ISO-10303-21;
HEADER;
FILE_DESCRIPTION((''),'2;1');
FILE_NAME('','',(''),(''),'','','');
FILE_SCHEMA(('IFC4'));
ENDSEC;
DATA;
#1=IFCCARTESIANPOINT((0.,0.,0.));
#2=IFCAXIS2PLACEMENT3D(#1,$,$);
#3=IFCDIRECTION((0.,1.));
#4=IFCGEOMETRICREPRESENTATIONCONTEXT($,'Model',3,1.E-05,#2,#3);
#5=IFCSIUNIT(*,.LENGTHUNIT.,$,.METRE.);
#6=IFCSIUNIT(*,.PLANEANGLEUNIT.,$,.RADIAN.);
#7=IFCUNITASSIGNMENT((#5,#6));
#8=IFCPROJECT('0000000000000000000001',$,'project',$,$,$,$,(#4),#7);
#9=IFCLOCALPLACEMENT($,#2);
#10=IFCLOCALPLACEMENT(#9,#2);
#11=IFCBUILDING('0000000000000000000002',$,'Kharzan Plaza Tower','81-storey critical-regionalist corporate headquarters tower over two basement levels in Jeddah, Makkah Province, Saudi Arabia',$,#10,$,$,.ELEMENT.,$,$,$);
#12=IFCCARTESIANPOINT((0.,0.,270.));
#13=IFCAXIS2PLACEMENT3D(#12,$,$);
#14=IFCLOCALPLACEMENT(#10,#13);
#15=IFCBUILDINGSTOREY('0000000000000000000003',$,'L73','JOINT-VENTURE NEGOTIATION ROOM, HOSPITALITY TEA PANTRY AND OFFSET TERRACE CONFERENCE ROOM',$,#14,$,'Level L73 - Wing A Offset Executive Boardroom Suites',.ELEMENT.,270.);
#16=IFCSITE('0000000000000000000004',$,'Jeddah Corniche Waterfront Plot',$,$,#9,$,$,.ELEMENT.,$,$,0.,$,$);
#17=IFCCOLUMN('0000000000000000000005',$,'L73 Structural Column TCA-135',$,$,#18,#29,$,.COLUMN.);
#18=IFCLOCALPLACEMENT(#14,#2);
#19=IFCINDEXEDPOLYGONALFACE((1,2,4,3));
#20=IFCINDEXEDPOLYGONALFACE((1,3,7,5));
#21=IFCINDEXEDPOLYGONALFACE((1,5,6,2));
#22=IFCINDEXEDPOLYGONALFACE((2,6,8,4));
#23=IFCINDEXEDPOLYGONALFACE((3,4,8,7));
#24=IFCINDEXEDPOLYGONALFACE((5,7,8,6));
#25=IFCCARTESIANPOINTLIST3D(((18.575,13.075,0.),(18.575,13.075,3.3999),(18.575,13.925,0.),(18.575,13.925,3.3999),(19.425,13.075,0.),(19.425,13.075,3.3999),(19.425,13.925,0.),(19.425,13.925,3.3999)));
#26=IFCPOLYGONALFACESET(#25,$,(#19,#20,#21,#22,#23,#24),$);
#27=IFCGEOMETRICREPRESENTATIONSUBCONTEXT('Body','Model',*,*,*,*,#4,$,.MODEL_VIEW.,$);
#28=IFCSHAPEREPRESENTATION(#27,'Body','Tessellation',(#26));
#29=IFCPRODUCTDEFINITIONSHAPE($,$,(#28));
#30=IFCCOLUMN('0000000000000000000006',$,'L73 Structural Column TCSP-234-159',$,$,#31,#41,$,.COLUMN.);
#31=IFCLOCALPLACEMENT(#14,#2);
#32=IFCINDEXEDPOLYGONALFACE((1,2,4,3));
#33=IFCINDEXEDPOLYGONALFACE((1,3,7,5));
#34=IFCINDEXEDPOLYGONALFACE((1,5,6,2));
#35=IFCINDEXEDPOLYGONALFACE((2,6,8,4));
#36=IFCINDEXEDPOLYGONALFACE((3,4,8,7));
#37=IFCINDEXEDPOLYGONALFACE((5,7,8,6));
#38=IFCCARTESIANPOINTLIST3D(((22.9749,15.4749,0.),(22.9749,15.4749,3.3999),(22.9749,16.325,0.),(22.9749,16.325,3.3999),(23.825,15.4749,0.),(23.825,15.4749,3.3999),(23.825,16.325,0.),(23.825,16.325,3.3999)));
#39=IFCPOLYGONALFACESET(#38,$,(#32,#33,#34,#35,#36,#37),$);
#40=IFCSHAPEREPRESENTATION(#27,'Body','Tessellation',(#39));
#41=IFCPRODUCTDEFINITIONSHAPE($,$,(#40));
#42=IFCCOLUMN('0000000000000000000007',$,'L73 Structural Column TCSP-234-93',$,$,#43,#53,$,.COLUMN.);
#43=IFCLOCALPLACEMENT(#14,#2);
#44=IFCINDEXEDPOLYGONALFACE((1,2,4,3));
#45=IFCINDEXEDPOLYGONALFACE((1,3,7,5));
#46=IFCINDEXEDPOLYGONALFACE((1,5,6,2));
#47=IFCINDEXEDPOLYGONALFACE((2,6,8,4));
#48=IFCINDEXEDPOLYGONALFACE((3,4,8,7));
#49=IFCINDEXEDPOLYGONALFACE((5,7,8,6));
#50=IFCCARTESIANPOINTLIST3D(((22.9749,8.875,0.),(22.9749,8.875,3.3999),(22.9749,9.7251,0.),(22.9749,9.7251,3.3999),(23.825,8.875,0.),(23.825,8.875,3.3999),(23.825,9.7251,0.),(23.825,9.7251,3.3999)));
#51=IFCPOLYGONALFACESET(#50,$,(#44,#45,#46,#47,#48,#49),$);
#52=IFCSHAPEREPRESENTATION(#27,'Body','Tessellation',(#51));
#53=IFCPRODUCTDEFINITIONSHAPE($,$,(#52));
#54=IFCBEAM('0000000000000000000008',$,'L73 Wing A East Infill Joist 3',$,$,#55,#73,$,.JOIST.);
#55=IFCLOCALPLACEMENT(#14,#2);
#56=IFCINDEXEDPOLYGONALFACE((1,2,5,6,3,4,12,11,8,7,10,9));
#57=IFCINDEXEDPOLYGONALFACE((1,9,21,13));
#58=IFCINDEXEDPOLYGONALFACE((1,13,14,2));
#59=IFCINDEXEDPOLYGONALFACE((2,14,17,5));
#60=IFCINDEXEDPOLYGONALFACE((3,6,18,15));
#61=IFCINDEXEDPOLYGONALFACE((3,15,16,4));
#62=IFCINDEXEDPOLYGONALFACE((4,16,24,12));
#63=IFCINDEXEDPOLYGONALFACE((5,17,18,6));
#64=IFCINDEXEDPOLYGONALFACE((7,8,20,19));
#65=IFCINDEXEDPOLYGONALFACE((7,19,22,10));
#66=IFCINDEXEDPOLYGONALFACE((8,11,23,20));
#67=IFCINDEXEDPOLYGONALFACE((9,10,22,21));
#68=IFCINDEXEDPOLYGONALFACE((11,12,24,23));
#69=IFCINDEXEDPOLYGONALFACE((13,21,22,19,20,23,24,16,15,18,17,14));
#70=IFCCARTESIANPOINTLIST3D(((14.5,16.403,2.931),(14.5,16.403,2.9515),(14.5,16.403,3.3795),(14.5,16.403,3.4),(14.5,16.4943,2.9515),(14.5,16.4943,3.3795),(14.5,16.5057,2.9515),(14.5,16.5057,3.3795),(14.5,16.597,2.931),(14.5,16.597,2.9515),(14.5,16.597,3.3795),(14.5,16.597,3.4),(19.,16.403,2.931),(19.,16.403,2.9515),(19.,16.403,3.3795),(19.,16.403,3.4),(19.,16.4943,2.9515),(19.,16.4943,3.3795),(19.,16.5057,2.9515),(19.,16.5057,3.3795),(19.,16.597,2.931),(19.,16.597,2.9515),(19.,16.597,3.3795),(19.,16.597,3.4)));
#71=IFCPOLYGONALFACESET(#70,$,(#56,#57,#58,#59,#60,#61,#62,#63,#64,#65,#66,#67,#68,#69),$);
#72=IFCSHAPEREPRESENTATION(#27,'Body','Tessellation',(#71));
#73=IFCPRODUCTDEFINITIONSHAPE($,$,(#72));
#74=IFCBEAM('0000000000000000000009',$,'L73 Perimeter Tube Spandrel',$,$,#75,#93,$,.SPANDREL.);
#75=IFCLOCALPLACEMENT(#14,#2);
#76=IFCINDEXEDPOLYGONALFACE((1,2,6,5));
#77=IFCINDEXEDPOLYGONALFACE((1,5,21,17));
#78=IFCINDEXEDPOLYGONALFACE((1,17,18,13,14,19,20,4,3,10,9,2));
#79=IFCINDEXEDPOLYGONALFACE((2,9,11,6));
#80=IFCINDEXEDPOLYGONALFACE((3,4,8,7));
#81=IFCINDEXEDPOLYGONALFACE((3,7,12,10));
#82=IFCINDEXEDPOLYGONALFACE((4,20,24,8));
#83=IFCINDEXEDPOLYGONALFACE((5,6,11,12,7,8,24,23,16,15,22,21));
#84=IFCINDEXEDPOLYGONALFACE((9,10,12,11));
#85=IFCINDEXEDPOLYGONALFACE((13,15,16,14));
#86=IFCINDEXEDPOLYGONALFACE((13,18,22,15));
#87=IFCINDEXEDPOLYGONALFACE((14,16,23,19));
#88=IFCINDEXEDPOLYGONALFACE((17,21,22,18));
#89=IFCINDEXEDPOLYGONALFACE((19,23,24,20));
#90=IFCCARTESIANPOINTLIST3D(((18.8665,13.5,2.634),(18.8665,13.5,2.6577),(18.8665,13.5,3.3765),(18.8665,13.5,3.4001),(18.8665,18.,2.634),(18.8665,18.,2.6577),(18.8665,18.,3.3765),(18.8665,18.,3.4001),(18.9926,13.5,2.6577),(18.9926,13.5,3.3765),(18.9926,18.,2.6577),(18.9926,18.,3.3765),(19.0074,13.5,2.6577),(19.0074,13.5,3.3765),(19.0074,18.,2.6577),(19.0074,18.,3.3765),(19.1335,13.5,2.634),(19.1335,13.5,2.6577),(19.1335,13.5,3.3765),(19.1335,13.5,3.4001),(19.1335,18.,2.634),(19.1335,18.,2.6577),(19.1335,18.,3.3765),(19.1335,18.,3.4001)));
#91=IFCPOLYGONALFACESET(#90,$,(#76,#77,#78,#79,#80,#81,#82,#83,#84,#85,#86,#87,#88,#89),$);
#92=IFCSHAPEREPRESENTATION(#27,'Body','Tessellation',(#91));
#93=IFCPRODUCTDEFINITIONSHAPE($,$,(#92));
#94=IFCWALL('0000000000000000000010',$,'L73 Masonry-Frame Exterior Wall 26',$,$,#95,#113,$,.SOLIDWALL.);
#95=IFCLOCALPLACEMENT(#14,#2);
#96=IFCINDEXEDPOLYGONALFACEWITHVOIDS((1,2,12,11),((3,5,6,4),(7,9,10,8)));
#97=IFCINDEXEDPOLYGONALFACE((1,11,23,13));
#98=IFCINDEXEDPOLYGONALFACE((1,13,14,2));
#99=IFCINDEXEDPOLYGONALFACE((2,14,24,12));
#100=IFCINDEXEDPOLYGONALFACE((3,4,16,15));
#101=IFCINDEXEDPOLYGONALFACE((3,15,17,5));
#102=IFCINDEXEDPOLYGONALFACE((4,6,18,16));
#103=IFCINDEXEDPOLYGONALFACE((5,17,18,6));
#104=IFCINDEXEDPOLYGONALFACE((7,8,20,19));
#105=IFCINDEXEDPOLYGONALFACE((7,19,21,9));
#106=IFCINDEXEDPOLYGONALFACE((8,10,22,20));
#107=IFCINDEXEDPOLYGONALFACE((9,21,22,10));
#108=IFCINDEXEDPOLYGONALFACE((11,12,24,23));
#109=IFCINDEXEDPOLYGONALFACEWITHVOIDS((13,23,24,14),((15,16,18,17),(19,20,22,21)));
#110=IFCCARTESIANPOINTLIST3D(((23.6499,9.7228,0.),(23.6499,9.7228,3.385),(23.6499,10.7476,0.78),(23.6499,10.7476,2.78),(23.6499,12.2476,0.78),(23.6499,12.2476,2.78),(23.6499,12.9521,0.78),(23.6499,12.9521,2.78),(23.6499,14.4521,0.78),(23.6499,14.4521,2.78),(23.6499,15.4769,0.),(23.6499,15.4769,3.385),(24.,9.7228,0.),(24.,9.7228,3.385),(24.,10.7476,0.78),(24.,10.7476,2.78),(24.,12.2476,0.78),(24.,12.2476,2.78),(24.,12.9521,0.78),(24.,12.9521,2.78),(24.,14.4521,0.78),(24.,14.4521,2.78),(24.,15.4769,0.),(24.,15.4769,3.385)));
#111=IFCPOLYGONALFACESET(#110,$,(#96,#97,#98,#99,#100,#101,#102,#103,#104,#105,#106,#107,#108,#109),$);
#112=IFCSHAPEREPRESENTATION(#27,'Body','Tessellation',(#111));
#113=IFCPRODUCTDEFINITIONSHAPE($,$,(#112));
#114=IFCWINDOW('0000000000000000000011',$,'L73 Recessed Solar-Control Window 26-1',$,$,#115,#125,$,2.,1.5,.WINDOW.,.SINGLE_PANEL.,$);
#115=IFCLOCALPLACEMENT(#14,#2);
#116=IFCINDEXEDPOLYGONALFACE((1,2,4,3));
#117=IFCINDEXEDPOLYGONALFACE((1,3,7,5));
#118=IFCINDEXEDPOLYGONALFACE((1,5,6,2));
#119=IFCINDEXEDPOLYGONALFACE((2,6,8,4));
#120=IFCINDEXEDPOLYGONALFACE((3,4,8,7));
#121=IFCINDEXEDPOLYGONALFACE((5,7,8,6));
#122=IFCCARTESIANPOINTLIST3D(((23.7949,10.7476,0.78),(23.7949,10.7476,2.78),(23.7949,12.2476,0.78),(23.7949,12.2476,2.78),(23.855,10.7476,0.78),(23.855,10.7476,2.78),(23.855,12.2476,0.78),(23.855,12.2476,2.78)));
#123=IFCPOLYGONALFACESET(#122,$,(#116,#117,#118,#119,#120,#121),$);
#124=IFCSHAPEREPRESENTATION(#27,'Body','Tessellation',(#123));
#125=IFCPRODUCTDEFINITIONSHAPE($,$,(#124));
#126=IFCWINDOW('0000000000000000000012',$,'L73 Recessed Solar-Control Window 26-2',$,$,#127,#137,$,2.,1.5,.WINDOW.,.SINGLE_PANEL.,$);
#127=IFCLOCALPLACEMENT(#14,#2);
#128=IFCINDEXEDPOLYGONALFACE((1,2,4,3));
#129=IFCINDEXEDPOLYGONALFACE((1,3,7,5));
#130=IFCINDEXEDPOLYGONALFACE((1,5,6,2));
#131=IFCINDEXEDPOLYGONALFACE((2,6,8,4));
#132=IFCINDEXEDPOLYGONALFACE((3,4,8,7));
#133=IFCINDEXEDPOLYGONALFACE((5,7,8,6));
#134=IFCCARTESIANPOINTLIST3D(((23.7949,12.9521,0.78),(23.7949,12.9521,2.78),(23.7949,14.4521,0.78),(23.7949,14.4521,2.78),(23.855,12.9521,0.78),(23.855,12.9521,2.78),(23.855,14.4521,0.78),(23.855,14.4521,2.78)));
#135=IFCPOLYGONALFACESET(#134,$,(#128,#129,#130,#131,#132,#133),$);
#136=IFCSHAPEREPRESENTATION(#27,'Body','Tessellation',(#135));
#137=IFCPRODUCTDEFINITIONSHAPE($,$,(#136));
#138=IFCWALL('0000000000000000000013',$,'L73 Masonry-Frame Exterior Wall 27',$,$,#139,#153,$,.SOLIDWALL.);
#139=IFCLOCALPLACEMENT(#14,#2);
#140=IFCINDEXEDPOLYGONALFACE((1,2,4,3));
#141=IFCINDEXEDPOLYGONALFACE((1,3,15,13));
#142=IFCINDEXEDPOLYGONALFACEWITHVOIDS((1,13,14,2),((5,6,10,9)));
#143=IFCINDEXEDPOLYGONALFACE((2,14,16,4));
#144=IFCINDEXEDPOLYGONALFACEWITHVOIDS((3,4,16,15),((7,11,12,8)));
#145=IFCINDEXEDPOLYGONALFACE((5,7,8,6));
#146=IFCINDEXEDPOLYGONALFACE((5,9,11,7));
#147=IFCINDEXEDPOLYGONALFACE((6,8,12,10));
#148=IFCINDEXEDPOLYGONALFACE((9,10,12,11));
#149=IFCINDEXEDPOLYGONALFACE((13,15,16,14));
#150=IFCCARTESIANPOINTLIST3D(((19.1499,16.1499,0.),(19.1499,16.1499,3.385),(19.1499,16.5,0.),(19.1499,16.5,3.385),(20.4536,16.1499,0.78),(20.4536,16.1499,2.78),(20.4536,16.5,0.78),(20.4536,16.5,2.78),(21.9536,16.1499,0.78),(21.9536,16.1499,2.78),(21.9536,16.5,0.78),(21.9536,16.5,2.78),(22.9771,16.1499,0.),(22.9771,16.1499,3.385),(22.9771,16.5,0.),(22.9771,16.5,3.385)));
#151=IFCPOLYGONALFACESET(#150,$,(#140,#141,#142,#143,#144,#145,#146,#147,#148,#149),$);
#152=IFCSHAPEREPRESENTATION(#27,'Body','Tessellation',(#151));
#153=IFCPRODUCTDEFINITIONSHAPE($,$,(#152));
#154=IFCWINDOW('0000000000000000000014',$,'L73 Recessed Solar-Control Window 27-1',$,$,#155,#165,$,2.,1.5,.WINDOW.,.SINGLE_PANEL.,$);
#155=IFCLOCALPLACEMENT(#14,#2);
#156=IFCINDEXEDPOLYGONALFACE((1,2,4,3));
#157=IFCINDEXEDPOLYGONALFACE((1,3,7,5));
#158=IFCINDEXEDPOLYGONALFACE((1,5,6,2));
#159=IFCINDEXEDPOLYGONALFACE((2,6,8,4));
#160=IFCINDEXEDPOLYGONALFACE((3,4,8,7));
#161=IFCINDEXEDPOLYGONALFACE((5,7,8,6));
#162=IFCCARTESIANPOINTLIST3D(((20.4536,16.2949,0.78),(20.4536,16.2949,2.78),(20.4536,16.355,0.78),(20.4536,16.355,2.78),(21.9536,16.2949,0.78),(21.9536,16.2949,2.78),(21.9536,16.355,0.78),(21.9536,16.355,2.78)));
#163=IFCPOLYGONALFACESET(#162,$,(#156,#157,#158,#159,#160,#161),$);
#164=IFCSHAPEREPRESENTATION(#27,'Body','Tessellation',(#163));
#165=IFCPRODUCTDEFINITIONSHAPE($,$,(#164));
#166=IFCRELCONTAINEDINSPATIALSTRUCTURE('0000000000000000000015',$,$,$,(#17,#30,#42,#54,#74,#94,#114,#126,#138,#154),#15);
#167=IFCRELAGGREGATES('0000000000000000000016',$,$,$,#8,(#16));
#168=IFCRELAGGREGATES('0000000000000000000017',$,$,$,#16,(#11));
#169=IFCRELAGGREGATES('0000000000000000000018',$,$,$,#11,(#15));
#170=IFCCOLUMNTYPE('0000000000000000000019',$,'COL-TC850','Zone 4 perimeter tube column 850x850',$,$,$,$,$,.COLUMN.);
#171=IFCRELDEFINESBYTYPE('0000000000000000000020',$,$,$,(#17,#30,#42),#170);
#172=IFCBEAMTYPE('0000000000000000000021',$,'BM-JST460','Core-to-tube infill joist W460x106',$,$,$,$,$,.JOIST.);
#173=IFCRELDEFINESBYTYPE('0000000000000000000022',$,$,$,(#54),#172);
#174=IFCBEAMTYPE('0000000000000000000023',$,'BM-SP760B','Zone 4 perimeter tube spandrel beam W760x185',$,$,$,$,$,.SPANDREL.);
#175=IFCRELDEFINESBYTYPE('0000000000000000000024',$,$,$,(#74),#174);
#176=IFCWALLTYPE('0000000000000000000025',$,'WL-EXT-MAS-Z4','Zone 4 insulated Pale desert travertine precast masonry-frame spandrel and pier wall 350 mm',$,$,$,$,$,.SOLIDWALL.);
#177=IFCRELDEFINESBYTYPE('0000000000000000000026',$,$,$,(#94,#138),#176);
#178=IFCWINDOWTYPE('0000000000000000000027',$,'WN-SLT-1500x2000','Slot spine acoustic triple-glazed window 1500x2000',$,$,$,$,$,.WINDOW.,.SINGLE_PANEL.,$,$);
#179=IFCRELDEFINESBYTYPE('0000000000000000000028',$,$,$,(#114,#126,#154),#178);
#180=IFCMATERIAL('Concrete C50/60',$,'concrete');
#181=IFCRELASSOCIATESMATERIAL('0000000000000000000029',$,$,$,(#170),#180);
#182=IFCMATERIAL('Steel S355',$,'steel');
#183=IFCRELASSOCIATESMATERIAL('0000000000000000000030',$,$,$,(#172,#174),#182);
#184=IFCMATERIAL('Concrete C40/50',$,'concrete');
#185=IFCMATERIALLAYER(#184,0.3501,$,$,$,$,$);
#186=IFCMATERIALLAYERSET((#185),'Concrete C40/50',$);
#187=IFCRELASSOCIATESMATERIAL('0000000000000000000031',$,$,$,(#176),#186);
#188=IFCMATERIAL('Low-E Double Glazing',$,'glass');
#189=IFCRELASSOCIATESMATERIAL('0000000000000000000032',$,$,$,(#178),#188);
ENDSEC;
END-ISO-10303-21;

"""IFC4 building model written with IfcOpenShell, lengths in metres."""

from ifc_helpers import new_model, si_unit, direction, frame, frame_2d, origin, origin_2d, place, context, subcontext, project, spatial, rectangle, i_section, extrude, source, transform, mapped, material, layer, layer_set, material_profile, profile_set, type_object, element, fill, save


model = new_model("IFC4")

# Units and contexts
model_context = context("Model", 3, precision=1e-05, world=origin(), true_north=direction((0.0, 1.0)))
body_context = subcontext(model_context, "Body", "Model", "MODEL_VIEW")
ifc_project = project(units=[si_unit("LENGTHUNIT", "METRE"), si_unit("PLANEANGLEUNIT", "RADIAN")], contexts=[model_context])

# Site, building, storey
site_placement = place(None, origin())
site = spatial("IfcSite", under=ifc_project, at=site_placement, Name="Jeddah Corniche Waterfront Plot", CompositionType="ELEMENT", RefElevation=0.0)
building_placement = place(site_placement, origin())
building = spatial("IfcBuilding", under=site, at=building_placement, Name="Kharzan Plaza Tower", Description="81-storey critical-regionalist corporate headquarters tower over two basement levels in Jeddah, Makkah Province, Saudi Arabia", CompositionType="ELEMENT")
storey_placement = place(building_placement, frame((0.0, 0.0, 270.0)))
storey = spatial("IfcBuildingStorey", under=building, at=storey_placement, Name="L73", Description="JOINT-VENTURE NEGOTIATION ROOM, HOSPITALITY TEA PANTRY AND OFFSET TERRACE CONFERENCE ROOM", LongName="Level L73 - Wing A Offset Executive Boardroom Suites", CompositionType="ELEMENT", Elevation=270.0)

# Columns
ifc_material_1 = material(Name="Concrete C50/60", Category="concrete")
ifc_material_profile_1 = material_profile(ifc_material_1, rectangle(XDim=0.8501, YDim=0.8501, at=origin_2d()), Name="RC-TC850x850")
ifc_profile_set_1 = profile_set([ifc_material_profile_1], Name="Concrete C50/60")
column_type = type_object("IfcColumnType", Name="COL-TC850", Description="Zone 4 perimeter tube column 850x850", PredefinedType="COLUMN", material=ifc_profile_set_1)
shared_shape_1 = source(origin(), body_context, "Body", "SweptSolid", [
    extrude(rectangle(XDim=0.8501, YDim=0.8501, at=origin_2d()), origin(), (0.0, 0.0, 1.0), 3.3999),
])
for number, where, z_axis, x_axis, name in (
    (1, (19.0, 13.5, 0.0), (0.0, 0.0, 1.0), (1.0, 0.0, 0.0), "L73 Structural Column TCA-135"),
    (2, (23.3999, 15.8999, 0.0), (0.0, 0.0, 1.0), (1.0, 0.0, 0.0), "L73 Structural Column TCSP-234-159"),
    (3, (23.3999, 9.3, 0.0), (0.0, 0.0, 1.0), (1.0, 0.0, 0.0), "L73 Structural Column TCSP-234-93"),
):
    element("IfcColumn", number, at=place(storey_placement, frame(where, z_axis=z_axis, x_axis=x_axis)), inside=storey, type_object=column_type, Name=name, PredefinedType="COLUMN", context=body_context, shape_type="MappedRepresentation", body=[
        mapped(shared_shape_1, transform((0.0, 0.0, 0.0), x_axis=(1.0, 0.0, 0.0), y_axis=(0.0, 1.0, 0.0), z_axis=(0.0, 0.0, 1.0))),
    ])

# Beams
ifc_material_2 = material(Name="Steel S355", Category="steel")
ifc_material_profile_2 = material_profile(ifc_material_2, i_section(OverallWidth=0.1941, OverallDepth=0.469, WebThickness=0.0115, FlangeThickness=0.0205, at=origin_2d()), Name="W460x106")
ifc_profile_set_2 = profile_set([ifc_material_profile_2], Name="Steel S355")
beam_type_1 = type_object("IfcBeamType", Name="BM-JST460", Description="Core-to-tube infill joist W460x106", PredefinedType="JOIST", material=ifc_profile_set_2)
shared_shape_2 = source(origin(), body_context, "Body", "SweptSolid", [
    extrude(i_section(OverallWidth=0.1941, OverallDepth=0.469, WebThickness=0.0115, FlangeThickness=0.0205, at=origin_2d()), origin(), (0.0, 0.0, 1.0), 4.5),
])
beam_1_placement = place(storey_placement, frame((14.5, 16.5, 3.1655), z_axis=(1.0, 0.0, 0.0), x_axis=(0.0, 1.0, 0.0)))
element("IfcBeam", 4, at=beam_1_placement, inside=storey, type_object=beam_type_1, Name="L73 Wing A East Infill Joist 3", PredefinedType="JOIST", context=body_context, shape_type="MappedRepresentation", body=[
    mapped(shared_shape_2, transform((0.0, 0.0, 0.0), x_axis=(1.0, 0.0, 0.0), y_axis=(0.0, 1.0, 0.0), z_axis=(0.0, 0.0, 1.0))),
])
ifc_material_profile_3 = material_profile(ifc_material_2, i_section(OverallWidth=0.2671, OverallDepth=0.7661, WebThickness=0.0149, FlangeThickness=0.0237, at=origin_2d()), Name="W760x185")
ifc_profile_set_3 = profile_set([ifc_material_profile_3], Name="Steel S355")
beam_type_2 = type_object("IfcBeamType", Name="BM-SP760B", Description="Zone 4 perimeter tube spandrel beam W760x185", PredefinedType="SPANDREL", material=ifc_profile_set_3)
shared_shape_3 = source(origin(), body_context, "Body", "SweptSolid", [
    extrude(i_section(OverallWidth=0.2671, OverallDepth=0.7661, WebThickness=0.0149, FlangeThickness=0.0237, at=origin_2d()), origin(), (0.0, 0.0, 1.0), 4.5),
])
beam_2_placement = place(storey_placement, frame((19.0, 13.5, 3.0171), z_axis=(0.0, 1.0, 0.0), x_axis=(-1.0, 0.0, 0.0)))
element("IfcBeam", 5, at=beam_2_placement, inside=storey, type_object=beam_type_2, Name="L73 Perimeter Tube Spandrel", PredefinedType="SPANDREL", context=body_context, shape_type="MappedRepresentation", body=[
    mapped(shared_shape_3, transform((0.0, 0.0, 0.0), x_axis=(1.0, 0.0, 0.0), y_axis=(0.0, 1.0, 0.0), z_axis=(0.0, 0.0, 1.0))),
])

# Wall, openings, windows
ifc_material_3 = material(Name="Concrete C40/50", Category="concrete")
ifc_layer_1 = layer(ifc_material_3, 0.3501)
ifc_layer_set_1 = layer_set([ifc_layer_1], Name="Concrete C40/50")
wall_type_1 = type_object("IfcWallType", Name="WL-EXT-MAS-Z4", Description="Zone 4 insulated Pale desert travertine precast masonry-frame spandrel and pier wall 350 mm", PredefinedType="SOLIDWALL", material=ifc_layer_set_1)
wall_1_placement = place(storey_placement, frame((23.825, 9.7229, 0.0), z_axis=(0.0, 0.0, 1.0), x_axis=(0.0, 1.0, 0.0)))
wall_1 = element("IfcWall", 6, at=wall_1_placement, inside=storey, type_object=wall_type_1, Name="L73 Masonry-Frame Exterior Wall 26", PredefinedType="SOLIDWALL", context=body_context, shape_type="SweptSolid", body=[
    extrude(rectangle(XDim=5.7542, YDim=0.3501, at=frame_2d((2.877, 0.0))), origin(), (0.0, 0.0, 1.0), 3.385),
])
opening_1_placement = place(wall_1_placement, frame((1.0247, 0.0, 0.78)))
opening_1 = element("IfcOpeningElement", 7, at=opening_1_placement, cuts=wall_1, PredefinedType="OPENING", context=body_context, shape_type="SweptSolid", body=[
    extrude(rectangle(XDim=1.5, YDim=2.0, at=frame_2d((0.75, 1.0))), frame((0.0, 0.1851, 0.0), z_axis=(0.0, -1.0, 0.0), x_axis=(1.0, 0.0, 0.0)), (0.0, 0.0, 1.0), 0.3701),
])
opening_2_placement = place(wall_1_placement, frame((3.2292, 0.0, 0.78)))
opening_2 = element("IfcOpeningElement", 8, at=opening_2_placement, cuts=wall_1, PredefinedType="OPENING", context=body_context, shape_type="SweptSolid", body=[
    extrude(rectangle(XDim=1.5, YDim=2.0, at=frame_2d((0.75, 1.0))), frame((0.0, 0.1851, 0.0), z_axis=(0.0, -1.0, 0.0), x_axis=(1.0, 0.0, 0.0)), (0.0, 0.0, 1.0), 0.3701),
])
ifc_material_4 = material(Name="Low-E Double Glazing", Category="glass")
window_type = type_object("IfcWindowType", Name="WN-SLT-1500x2000", Description="Slot spine acoustic triple-glazed window 1500x2000", PartitioningType="SINGLE_PANEL", PredefinedType="WINDOW", material=ifc_material_4)
shared_shape_4 = source(origin(), body_context, "Body", "SweptSolid", [
    extrude(rectangle(XDim=1.5, YDim=2.0, at=frame_2d((0.75, 1.0))), frame((0.0, 0.03, 0.0), z_axis=(0.0, -1.0, 0.0), x_axis=(1.0, 0.0, 0.0)), (0.0, 0.0, 1.0), 0.0601),
])
window_1_placement = place(opening_1_placement, origin())
window_1 = element("IfcWindow", 9, at=window_1_placement, inside=storey, type_object=window_type, Name="L73 Recessed Solar-Control Window 26-1", OverallHeight=2.0, OverallWidth=1.5, PartitioningType="SINGLE_PANEL", PredefinedType="WINDOW", context=body_context, shape_type="MappedRepresentation", body=[
    mapped(shared_shape_4, transform((0.0, 0.0, 0.0), x_axis=(1.0, 0.0, 0.0), y_axis=(0.0, 1.0, 0.0), z_axis=(0.0, 0.0, 1.0))),
])
fill(opening_1, window_1)
window_2_placement = place(opening_2_placement, origin())
window_2 = element("IfcWindow", 10, at=window_2_placement, inside=storey, type_object=window_type, Name="L73 Recessed Solar-Control Window 26-2", OverallHeight=2.0, OverallWidth=1.5, PartitioningType="SINGLE_PANEL", PredefinedType="WINDOW", context=body_context, shape_type="MappedRepresentation", body=[
    mapped(shared_shape_4, transform((0.0, 0.0, 0.0), x_axis=(1.0, 0.0, 0.0), y_axis=(0.0, 1.0, 0.0), z_axis=(0.0, 0.0, 1.0))),
])
fill(opening_2, window_2)

# Wall, opening, window
wall_2_placement = place(storey_placement, frame((22.9771, 16.325, 0.0), z_axis=(0.0, 0.0, 1.0), x_axis=(-1.0, 0.0, 0.0)))
wall_2 = element("IfcWall", 11, at=wall_2_placement, inside=storey, type_object=wall_type_1, Name="L73 Masonry-Frame Exterior Wall 27", PredefinedType="SOLIDWALL", context=body_context, shape_type="SweptSolid", body=[
    extrude(rectangle(XDim=3.8271, YDim=0.3501, at=frame_2d((1.9136, 0.0))), origin(), (0.0, 0.0, 1.0), 3.385),
])
opening_3_placement = place(wall_2_placement, frame((1.0234, 0.0, 0.78)))
opening_3 = element("IfcOpeningElement", 12, at=opening_3_placement, cuts=wall_2, PredefinedType="OPENING", context=body_context, shape_type="SweptSolid", body=[
    extrude(rectangle(XDim=1.5, YDim=2.0, at=frame_2d((0.75, 1.0))), frame((0.0, 0.1851, 0.0), z_axis=(0.0, -1.0, 0.0), x_axis=(1.0, 0.0, 0.0)), (0.0, 0.0, 1.0), 0.3701),
])
window_3_placement = place(opening_3_placement, origin())
window_3 = element("IfcWindow", 13, at=window_3_placement, inside=storey, type_object=window_type, Name="L73 Recessed Solar-Control Window 27-1", OverallHeight=2.0, OverallWidth=1.5, PartitioningType="SINGLE_PANEL", PredefinedType="WINDOW", context=body_context, shape_type="MappedRepresentation", body=[
    mapped(shared_shape_4, transform((0.0, 0.0, 0.0), x_axis=(1.0, 0.0, 0.0), y_axis=(0.0, 1.0, 0.0), z_axis=(0.0, 0.0, 1.0))),
])
fill(opening_3, window_3)

save(model, "model.ifc")
